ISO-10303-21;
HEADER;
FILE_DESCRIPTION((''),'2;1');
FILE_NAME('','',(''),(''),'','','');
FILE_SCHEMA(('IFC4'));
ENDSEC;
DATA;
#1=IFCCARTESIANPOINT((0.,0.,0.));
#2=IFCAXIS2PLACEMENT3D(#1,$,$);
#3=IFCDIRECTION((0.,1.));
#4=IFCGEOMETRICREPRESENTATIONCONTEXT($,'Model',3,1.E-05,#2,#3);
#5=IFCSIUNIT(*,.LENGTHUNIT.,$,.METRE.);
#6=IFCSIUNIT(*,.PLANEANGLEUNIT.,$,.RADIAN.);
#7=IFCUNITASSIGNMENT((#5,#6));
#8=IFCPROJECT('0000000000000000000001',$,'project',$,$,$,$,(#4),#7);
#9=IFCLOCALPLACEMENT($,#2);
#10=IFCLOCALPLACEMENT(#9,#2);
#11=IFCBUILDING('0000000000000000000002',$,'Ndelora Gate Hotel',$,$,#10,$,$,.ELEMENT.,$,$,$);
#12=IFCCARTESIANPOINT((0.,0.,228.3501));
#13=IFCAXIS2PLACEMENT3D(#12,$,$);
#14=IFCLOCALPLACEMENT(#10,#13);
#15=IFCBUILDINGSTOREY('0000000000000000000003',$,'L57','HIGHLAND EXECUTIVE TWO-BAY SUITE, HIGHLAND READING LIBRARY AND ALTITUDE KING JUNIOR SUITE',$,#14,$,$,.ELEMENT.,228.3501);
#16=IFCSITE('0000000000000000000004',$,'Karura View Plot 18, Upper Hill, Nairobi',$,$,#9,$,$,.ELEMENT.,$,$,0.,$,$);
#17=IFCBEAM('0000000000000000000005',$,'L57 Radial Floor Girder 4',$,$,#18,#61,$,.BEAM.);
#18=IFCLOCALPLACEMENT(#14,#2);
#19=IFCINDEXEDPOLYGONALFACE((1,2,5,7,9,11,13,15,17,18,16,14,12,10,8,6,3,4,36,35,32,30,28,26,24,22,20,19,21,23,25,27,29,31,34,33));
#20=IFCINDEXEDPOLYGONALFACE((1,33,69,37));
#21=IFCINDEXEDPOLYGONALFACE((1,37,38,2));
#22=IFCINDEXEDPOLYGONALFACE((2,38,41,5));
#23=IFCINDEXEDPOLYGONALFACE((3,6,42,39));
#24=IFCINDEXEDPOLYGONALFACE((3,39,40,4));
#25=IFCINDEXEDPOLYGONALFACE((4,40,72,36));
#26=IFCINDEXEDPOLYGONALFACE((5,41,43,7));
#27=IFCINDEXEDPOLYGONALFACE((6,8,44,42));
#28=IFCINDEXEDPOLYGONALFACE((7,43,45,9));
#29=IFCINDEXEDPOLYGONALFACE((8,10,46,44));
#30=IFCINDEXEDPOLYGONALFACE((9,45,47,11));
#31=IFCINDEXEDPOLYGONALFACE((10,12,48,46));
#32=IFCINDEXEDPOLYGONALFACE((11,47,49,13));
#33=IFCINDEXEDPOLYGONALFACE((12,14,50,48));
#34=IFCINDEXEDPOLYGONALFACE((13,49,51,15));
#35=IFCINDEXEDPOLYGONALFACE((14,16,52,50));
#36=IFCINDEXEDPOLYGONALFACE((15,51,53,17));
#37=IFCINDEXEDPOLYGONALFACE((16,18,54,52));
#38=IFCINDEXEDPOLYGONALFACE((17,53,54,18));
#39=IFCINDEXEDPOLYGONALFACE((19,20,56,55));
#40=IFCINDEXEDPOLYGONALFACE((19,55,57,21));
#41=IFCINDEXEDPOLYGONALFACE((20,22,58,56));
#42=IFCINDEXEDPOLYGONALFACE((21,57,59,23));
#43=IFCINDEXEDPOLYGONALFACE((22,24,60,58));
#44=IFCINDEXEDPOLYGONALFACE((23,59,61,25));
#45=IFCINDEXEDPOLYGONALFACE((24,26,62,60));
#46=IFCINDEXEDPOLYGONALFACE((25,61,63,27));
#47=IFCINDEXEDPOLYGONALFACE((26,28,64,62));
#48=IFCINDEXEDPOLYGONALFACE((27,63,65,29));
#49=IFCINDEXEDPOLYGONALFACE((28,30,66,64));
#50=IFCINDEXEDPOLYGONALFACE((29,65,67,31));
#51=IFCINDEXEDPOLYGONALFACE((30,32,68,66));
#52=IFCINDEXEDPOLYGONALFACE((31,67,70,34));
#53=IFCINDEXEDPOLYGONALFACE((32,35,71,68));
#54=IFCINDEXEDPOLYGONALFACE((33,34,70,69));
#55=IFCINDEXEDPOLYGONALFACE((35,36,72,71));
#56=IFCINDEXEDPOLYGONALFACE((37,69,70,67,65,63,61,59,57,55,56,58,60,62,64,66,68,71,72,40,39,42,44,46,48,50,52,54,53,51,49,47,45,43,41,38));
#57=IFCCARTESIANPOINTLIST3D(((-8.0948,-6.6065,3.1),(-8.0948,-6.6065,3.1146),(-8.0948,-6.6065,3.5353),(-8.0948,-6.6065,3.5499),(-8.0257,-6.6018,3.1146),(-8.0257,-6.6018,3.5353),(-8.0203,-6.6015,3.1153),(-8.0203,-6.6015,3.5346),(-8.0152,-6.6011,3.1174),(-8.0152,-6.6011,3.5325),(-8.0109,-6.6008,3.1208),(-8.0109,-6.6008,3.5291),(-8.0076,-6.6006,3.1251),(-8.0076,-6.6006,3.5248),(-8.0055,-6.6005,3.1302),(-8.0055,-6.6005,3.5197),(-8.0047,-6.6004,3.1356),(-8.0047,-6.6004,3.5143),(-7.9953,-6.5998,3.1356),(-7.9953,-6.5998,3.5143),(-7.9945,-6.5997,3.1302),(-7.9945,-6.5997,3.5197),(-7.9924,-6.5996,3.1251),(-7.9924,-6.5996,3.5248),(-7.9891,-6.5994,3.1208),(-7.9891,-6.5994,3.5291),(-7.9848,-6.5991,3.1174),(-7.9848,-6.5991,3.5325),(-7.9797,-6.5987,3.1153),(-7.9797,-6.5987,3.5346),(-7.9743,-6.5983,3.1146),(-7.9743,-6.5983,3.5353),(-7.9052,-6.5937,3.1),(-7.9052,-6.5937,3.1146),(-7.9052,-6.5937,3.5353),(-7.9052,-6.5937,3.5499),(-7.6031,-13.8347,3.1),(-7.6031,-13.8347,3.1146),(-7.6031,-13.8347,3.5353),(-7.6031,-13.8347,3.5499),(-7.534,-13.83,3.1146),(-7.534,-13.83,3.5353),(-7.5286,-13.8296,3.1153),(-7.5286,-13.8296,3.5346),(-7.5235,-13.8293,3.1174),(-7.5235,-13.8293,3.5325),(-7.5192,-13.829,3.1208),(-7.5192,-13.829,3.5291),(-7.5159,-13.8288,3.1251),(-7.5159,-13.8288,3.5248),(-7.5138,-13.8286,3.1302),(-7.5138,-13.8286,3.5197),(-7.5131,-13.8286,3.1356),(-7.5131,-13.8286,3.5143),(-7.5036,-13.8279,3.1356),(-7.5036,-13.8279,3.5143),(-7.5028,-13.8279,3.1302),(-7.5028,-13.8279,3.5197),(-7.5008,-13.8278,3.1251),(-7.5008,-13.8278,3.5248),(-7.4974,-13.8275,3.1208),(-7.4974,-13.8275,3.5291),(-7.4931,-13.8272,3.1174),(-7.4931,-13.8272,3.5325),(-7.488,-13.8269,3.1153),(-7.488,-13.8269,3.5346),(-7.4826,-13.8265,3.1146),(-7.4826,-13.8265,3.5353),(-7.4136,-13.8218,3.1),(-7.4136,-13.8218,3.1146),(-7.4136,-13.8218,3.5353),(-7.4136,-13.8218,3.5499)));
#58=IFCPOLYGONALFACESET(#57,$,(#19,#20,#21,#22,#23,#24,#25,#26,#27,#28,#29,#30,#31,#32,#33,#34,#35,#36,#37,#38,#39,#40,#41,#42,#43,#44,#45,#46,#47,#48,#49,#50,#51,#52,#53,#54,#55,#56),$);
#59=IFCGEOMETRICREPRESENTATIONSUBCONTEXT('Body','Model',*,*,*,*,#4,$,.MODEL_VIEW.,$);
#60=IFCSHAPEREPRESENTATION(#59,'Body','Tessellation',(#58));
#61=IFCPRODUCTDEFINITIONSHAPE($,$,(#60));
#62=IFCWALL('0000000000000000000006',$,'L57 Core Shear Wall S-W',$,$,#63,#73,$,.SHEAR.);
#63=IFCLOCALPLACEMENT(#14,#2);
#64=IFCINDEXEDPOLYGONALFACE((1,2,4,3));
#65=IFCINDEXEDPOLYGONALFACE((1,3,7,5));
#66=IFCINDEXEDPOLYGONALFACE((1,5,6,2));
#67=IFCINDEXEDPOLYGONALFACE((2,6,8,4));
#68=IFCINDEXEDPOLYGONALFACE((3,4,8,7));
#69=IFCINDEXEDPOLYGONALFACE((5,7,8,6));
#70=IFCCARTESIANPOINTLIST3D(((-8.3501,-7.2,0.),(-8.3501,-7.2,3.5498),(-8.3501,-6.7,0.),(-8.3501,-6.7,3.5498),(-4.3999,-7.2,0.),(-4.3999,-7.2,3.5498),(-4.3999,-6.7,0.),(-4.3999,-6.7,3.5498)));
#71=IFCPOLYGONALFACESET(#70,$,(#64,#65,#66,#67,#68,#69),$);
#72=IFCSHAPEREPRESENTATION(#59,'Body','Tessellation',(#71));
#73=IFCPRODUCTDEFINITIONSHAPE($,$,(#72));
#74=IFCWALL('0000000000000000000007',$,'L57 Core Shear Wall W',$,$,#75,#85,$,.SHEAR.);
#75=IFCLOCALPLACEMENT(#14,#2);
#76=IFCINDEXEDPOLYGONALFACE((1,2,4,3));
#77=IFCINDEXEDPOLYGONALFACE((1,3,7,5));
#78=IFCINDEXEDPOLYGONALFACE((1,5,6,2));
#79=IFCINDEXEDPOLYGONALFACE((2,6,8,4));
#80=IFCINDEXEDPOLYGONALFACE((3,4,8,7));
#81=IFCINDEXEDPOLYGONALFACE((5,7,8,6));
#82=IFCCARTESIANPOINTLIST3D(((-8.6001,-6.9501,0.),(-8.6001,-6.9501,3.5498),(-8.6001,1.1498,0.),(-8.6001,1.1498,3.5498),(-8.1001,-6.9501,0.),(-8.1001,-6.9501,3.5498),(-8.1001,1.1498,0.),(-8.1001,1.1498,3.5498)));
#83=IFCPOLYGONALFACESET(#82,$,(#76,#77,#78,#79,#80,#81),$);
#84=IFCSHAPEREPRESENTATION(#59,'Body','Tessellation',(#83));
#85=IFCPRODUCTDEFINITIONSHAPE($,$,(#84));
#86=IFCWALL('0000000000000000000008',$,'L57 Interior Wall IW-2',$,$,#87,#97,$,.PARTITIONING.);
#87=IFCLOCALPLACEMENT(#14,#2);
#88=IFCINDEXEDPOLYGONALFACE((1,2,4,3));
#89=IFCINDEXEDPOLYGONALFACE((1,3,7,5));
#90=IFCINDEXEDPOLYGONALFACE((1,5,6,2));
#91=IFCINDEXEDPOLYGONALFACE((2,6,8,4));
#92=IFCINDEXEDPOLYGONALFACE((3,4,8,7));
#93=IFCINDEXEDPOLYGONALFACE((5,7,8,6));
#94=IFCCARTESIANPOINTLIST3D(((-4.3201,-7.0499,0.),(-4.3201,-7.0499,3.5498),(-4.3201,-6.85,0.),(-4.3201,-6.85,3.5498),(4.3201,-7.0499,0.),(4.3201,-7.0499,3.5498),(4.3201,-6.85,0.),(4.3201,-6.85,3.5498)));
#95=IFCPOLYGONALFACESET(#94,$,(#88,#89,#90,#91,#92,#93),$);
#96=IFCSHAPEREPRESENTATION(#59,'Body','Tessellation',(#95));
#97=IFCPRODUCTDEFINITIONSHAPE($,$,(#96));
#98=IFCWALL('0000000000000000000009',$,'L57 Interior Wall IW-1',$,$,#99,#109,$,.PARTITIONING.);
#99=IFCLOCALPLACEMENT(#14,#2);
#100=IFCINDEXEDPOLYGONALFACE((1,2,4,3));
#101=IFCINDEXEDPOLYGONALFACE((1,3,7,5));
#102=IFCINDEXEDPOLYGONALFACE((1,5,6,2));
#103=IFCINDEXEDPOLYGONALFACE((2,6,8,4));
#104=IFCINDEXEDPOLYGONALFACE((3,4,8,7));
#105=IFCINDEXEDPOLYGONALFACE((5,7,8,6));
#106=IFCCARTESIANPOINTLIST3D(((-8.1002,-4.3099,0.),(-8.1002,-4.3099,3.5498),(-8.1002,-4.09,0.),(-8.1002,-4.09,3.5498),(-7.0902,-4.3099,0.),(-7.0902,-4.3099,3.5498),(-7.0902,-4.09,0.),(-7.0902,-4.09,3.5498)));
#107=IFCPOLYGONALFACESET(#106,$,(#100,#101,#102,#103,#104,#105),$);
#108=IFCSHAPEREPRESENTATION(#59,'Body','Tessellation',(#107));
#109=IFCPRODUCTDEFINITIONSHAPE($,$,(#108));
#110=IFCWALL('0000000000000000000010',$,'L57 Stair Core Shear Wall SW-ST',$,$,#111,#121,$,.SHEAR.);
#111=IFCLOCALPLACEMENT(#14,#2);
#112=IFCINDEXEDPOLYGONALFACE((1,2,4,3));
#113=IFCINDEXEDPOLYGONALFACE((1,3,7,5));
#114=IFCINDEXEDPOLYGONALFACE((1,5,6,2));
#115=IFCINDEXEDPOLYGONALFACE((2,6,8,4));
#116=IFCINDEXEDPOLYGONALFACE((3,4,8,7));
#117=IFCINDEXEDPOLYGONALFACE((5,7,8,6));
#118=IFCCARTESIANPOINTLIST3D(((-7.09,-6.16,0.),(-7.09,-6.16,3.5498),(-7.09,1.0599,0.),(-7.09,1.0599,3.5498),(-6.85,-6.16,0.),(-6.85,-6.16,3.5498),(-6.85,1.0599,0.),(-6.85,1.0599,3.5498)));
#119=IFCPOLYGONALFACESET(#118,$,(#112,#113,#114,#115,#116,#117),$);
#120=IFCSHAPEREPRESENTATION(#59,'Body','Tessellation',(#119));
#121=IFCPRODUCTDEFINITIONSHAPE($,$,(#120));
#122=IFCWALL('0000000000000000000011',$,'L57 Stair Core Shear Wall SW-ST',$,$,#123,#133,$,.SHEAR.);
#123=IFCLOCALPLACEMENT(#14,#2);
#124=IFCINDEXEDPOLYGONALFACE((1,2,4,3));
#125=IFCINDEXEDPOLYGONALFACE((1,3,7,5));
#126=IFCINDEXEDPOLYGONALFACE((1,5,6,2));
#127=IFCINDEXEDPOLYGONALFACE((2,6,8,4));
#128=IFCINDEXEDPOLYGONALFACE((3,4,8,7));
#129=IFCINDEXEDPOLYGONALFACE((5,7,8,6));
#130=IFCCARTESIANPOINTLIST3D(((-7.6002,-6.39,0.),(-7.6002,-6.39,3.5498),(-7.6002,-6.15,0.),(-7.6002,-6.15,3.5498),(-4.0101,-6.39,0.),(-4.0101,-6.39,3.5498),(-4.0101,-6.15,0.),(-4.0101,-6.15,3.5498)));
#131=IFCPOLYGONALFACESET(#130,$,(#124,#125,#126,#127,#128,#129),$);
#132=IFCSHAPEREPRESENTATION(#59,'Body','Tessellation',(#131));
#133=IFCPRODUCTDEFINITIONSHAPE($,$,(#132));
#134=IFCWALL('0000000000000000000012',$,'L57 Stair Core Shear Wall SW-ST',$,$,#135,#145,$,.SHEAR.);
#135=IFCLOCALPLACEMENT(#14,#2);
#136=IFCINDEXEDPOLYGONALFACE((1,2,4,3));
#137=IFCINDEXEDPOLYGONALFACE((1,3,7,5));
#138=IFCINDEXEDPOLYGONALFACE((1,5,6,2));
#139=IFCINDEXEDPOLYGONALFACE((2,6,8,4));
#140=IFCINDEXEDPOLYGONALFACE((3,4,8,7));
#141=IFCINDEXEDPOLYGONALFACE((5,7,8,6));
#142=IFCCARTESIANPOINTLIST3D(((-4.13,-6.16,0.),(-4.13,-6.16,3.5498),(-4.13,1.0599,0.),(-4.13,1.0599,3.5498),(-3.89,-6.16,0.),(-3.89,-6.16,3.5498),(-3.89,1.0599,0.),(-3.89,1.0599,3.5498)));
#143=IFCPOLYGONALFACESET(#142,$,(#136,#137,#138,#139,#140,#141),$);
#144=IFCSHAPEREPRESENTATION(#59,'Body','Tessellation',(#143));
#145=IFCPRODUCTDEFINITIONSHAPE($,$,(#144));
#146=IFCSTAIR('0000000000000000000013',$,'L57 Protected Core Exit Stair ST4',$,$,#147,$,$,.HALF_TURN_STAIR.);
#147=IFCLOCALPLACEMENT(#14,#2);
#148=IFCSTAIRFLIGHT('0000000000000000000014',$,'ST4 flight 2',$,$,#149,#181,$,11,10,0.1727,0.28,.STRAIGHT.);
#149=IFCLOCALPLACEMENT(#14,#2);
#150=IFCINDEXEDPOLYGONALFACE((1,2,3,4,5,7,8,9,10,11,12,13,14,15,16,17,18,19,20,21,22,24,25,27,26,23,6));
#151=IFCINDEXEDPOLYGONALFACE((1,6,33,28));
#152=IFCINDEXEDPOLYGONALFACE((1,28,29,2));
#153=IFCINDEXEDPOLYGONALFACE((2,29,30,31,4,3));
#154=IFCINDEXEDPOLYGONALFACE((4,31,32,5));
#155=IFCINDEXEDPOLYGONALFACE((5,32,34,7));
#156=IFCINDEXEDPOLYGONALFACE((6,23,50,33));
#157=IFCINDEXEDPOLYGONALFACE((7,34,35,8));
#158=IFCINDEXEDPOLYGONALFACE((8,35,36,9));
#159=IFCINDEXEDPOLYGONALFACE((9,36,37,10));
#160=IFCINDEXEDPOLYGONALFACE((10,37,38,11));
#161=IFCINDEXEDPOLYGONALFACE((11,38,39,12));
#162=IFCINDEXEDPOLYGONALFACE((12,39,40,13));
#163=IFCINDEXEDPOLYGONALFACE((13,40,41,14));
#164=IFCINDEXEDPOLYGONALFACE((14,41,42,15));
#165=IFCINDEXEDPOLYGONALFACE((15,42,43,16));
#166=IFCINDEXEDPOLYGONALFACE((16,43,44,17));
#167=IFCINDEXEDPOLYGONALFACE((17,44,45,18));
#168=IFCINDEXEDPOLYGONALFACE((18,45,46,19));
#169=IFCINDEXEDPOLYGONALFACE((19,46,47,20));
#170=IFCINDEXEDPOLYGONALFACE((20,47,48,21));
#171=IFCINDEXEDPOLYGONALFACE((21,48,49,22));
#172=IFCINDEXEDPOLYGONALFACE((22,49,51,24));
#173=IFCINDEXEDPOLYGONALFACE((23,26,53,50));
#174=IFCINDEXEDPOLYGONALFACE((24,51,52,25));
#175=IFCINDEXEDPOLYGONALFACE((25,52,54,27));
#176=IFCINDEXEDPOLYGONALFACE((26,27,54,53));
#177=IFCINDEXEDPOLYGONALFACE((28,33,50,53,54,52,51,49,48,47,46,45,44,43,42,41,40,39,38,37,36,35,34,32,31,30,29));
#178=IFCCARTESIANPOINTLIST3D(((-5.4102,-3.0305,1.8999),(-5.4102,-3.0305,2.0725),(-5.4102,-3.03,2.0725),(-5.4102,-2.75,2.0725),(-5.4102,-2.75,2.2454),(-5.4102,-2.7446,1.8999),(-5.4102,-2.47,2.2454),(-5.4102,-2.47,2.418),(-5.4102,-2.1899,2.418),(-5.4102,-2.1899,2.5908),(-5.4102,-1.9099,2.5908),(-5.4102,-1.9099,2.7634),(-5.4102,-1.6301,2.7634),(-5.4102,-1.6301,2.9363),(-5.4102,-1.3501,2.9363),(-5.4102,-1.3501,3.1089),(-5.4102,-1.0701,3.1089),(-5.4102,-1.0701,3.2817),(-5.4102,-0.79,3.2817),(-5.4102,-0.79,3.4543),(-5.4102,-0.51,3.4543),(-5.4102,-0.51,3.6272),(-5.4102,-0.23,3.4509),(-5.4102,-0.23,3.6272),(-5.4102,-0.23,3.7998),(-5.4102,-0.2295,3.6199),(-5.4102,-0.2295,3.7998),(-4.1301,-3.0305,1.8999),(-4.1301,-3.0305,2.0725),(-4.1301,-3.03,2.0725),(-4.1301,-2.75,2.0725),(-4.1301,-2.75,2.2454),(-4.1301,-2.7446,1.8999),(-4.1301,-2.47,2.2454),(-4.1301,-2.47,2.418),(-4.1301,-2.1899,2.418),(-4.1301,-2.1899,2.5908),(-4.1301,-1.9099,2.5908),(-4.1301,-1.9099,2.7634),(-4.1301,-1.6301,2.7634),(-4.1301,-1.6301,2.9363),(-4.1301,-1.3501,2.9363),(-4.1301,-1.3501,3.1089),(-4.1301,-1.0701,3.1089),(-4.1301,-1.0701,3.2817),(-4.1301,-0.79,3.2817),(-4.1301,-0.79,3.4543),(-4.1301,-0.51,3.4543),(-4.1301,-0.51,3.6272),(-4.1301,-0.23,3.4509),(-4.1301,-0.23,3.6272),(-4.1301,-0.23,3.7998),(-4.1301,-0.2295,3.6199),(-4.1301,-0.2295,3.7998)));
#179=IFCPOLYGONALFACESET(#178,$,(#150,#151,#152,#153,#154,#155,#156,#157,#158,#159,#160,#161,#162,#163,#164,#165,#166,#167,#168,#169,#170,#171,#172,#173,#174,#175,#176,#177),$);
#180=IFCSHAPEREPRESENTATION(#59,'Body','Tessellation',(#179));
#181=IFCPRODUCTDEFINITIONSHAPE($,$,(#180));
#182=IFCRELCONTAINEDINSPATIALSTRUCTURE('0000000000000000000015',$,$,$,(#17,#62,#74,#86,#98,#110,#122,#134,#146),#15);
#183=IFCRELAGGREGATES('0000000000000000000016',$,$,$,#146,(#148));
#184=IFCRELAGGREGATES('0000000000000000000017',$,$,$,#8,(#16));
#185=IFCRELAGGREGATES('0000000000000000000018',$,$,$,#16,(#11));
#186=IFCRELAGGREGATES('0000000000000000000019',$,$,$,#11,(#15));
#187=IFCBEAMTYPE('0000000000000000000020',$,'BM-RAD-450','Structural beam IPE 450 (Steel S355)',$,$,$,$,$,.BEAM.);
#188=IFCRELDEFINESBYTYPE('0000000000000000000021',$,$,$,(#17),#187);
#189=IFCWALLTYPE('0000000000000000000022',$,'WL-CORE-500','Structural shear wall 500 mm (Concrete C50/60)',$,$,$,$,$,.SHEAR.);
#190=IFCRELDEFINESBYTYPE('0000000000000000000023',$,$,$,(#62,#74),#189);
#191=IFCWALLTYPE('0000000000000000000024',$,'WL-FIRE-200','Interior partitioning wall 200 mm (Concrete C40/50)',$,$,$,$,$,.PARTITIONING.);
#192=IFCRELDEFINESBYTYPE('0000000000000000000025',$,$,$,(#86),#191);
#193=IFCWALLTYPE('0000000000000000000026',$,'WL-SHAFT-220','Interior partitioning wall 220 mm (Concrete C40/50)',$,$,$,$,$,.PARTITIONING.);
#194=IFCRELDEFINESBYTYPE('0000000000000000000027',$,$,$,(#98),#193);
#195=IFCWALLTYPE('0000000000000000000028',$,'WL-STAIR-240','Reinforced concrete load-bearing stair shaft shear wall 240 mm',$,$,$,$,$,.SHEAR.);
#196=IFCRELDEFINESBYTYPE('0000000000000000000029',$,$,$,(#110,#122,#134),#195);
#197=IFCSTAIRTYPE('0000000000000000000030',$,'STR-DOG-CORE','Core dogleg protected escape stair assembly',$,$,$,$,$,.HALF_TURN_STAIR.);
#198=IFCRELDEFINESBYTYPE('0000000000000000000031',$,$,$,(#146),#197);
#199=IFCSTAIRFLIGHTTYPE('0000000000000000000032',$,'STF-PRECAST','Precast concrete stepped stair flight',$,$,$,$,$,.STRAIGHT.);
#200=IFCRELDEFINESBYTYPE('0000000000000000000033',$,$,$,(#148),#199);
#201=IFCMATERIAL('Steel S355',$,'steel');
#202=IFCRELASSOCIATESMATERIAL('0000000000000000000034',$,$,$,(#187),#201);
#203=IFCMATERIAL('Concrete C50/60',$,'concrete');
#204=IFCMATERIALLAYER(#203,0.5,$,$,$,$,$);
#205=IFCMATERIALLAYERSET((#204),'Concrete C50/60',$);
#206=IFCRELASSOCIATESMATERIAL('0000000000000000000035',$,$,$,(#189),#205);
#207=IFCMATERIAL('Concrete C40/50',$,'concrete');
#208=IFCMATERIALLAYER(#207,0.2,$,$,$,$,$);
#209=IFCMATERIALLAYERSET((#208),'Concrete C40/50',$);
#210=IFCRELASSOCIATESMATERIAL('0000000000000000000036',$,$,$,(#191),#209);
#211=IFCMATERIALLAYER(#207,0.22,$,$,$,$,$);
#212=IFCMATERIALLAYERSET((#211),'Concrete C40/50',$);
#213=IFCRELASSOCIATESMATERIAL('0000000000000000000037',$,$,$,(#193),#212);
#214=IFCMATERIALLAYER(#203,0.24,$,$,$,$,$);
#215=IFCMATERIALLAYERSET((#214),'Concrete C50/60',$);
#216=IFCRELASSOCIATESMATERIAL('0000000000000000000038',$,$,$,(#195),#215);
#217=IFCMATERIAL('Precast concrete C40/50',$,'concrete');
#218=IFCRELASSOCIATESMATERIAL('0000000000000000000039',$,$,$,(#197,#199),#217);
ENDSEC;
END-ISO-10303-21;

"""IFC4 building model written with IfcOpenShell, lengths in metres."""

from ifc_helpers import new_model, si_unit, direction, frame, frame_2d, origin, origin_2d, place, context, subcontext, project, spatial, polyline, rectangle, i_section, outline, extrude, material, layer, layer_set, material_profile, profile_set, type_object, element, aggregate, save


model = new_model("IFC4")

# Units and contexts
model_context = context("Model", 3, precision=1e-05, world=origin(), true_north=direction((0.0, 1.0)))
body_context = subcontext(model_context, "Body", "Model", "MODEL_VIEW")
ifc_project = project(units=[si_unit("LENGTHUNIT", "METRE"), si_unit("PLANEANGLEUNIT", "RADIAN")], contexts=[model_context])

# Site, building, storey
site_placement = place(None, origin())
site = spatial("IfcSite", under=ifc_project, at=site_placement, Name="Karura View Plot 18, Upper Hill, Nairobi", CompositionType="ELEMENT", RefElevation=0.0)
building_placement = place(site_placement, origin())
building = spatial("IfcBuilding", under=site, at=building_placement, Name="Ndelora Gate Hotel", CompositionType="ELEMENT")
storey_placement = place(building_placement, frame((0.0, 0.0, 228.3501)))
storey = spatial("IfcBuildingStorey", under=building, at=storey_placement, Name="L57", Description="HIGHLAND EXECUTIVE TWO-BAY SUITE, HIGHLAND READING LIBRARY AND ALTITUDE KING JUNIOR SUITE", CompositionType="ELEMENT", Elevation=228.3501)

# Shared definitions
ifc_material_1 = material(Name="Concrete C50/60", Category="concrete")

# Beam
ifc_material_2 = material(Name="Steel S355", Category="steel")
ifc_material_profile_1 = material_profile(ifc_material_2, i_section(OverallWidth=0.1899, OverallDepth=0.45, WebThickness=0.0095, FlangeThickness=0.0146, FilletRadius=0.021, at=origin_2d()), Name="IPE 450")
ifc_profile_set_1 = profile_set([ifc_material_profile_1], Name="Steel S355")
beam_type_1 = type_object("IfcBeamType", Name="BM-RAD-450", Description="Structural beam IPE 450 (Steel S355)", PredefinedType="BEAM", material=ifc_profile_set_1)
beam_1_placement = place(storey_placement, frame((-8.0, -6.6001, 3.325), z_axis=(0.067868, -0.997694, 0.0), x_axis=(0.997694, 0.067868, 0.0)))
element("IfcBeam", 1, at=beam_1_placement, inside=storey, type_object=beam_type_1, Name="L57 Radial Floor Girder 4", PredefinedType="BEAM", context=body_context, shape_type="SweptSolid", body=[
    extrude(i_section(OverallWidth=0.1899, OverallDepth=0.45, WebThickness=0.0095, FlangeThickness=0.0146, FilletRadius=0.021, at=origin_2d()), origin(), (0.0, 0.0, 1.0), 7.2449),
])

# Walls
ifc_layer_1 = layer(ifc_material_1, 0.5)
ifc_layer_set_1 = layer_set([ifc_layer_1], Name="Concrete C50/60")
wall_type_1 = type_object("IfcWallType", Name="WL-CORE-500", Description="Structural shear wall 500 mm (Concrete C50/60)", PredefinedType="SHEAR", material=ifc_layer_set_1)
wall_1_placement = place(storey_placement, frame((-8.3501, -6.95, 0.0), z_axis=(0.0, 0.0, 1.0), x_axis=(1.0, 0.0, 0.0)))
element("IfcWall", 2, at=wall_1_placement, inside=storey, type_object=wall_type_1, Name="L57 Core Shear Wall S-W", PredefinedType="SHEAR", context=body_context, shape_type="SweptSolid", body=[
    extrude(rectangle(XDim=3.9502, YDim=0.5, at=frame_2d((1.9751, 0.0))), origin(), (0.0, 0.0, 1.0), 3.5498),
])
wall_2_placement = place(storey_placement, frame((-8.3501, -6.95, 0.0), z_axis=(0.0, 0.0, 1.0), x_axis=(0.0, 1.0, 0.0)))
element("IfcWall", 3, at=wall_2_placement, inside=storey, type_object=wall_type_1, Name="L57 Core Shear Wall W", PredefinedType="SHEAR", context=body_context, shape_type="SweptSolid", body=[
    extrude(rectangle(XDim=8.0999, YDim=0.5, at=frame_2d((4.0498, 0.0))), origin(), (0.0, 0.0, 1.0), 3.5498),
])
ifc_material_3 = material(Name="Concrete C40/50", Category="concrete")
ifc_layer_2 = layer(ifc_material_3, 0.2)
ifc_layer_set_2 = layer_set([ifc_layer_2], Name="Concrete C40/50")
wall_type_2 = type_object("IfcWallType", Name="WL-FIRE-200", Description="Interior partitioning wall 200 mm (Concrete C40/50)", PredefinedType="PARTITIONING", material=ifc_layer_set_2)
wall_3_placement = place(storey_placement, frame((-4.3201, -6.95, 0.0), z_axis=(0.0, 0.0, 1.0), x_axis=(1.0, 0.0, 0.0)))
element("IfcWall", 4, at=wall_3_placement, inside=storey, type_object=wall_type_2, Name="L57 Interior Wall IW-2", PredefinedType="PARTITIONING", context=body_context, shape_type="SweptSolid", body=[
    extrude(rectangle(XDim=8.6401, YDim=0.2, at=frame_2d((4.3201, 0.0))), origin(), (0.0, 0.0, 1.0), 3.5498),
])
ifc_layer_3 = layer(ifc_material_3, 0.22)
ifc_layer_set_3 = layer_set([ifc_layer_3], Name="Concrete C40/50")
wall_type_3 = type_object("IfcWallType", Name="WL-SHAFT-220", Description="Interior partitioning wall 220 mm (Concrete C40/50)", PredefinedType="PARTITIONING", material=ifc_layer_set_3)
wall_4_placement = place(storey_placement, frame((-8.1001, -4.2, 0.0), z_axis=(0.0, 0.0, 1.0), x_axis=(1.0, 0.0, 0.0)))
element("IfcWall", 5, at=wall_4_placement, inside=storey, type_object=wall_type_3, Name="L57 Interior Wall IW-1", PredefinedType="PARTITIONING", context=body_context, shape_type="SweptSolid", body=[
    extrude(rectangle(XDim=1.01, YDim=0.22, at=frame_2d((0.5049, 0.0))), origin(), (0.0, 0.0, 1.0), 3.5498),
])
ifc_layer_4 = layer(ifc_material_1, 0.24)
ifc_layer_set_4 = layer_set([ifc_layer_4], Name="Concrete C50/60")
wall_type_4 = type_object("IfcWallType", Name="WL-STAIR-240", Description="Reinforced concrete load-bearing stair shaft shear wall 240 mm", PredefinedType="SHEAR", material=ifc_layer_set_4)
wall_5_placement = place(storey_placement, frame((-6.97, -6.1599, 0.0), z_axis=(0.0, 0.0, 1.0), x_axis=(0.0, 1.0, 0.0)))
element("IfcWall", 6, at=wall_5_placement, inside=storey, type_object=wall_type_4, Name="L57 Stair Core Shear Wall SW-ST", PredefinedType="SHEAR", context=body_context, shape_type="SweptSolid", body=[
    extrude(rectangle(XDim=7.22, YDim=0.24, at=frame_2d((3.6099, 0.0))), origin(), (0.0, 0.0, 1.0), 3.5498),
])
wall_6_placement = place(storey_placement, frame((-7.6001, -6.27, 0.0), z_axis=(0.0, 0.0, 1.0), x_axis=(1.0, 0.0, 0.0)))
element("IfcWall", 7, at=wall_6_placement, inside=storey, type_object=wall_type_4, Name="L57 Stair Core Shear Wall SW-ST", PredefinedType="SHEAR", context=body_context, shape_type="SweptSolid", body=[
    extrude(rectangle(XDim=3.5901, YDim=0.24, at=frame_2d((1.7949, 0.0))), origin(), (0.0, 0.0, 1.0), 3.5498),
])
wall_7_placement = place(storey_placement, frame((-4.01, -6.1599, 0.0), z_axis=(0.0, 0.0, 1.0), x_axis=(0.0, 1.0, 0.0)))
element("IfcWall", 8, at=wall_7_placement, inside=storey, type_object=wall_type_4, Name="L57 Stair Core Shear Wall SW-ST", PredefinedType="SHEAR", context=body_context, shape_type="SweptSolid", body=[
    extrude(rectangle(XDim=7.22, YDim=0.24, at=frame_2d((3.6099, 0.0))), origin(), (0.0, 0.0, 1.0), 3.5498),
])

# Stair, stair flight
ifc_material_4 = material(Name="Precast concrete C40/50", Category="concrete")
stair_type = type_object("IfcStairType", Name="STR-DOG-CORE", Description="Core dogleg protected escape stair assembly", PredefinedType="HALF_TURN_STAIR", material=ifc_material_4)
stair_placement = place(storey_placement, origin())
stair = element("IfcStair", 9, at=stair_placement, inside=storey, type_object=stair_type, Name="L57 Protected Core Exit Stair ST4", PredefinedType="HALF_TURN_STAIR")
stair_flight_type = type_object("IfcStairFlightType", Name="STF-PRECAST", Description="Precast concrete stepped stair flight", PredefinedType="STRAIGHT", material=ifc_material_4)
stair_flight_placement = place(storey_placement, frame((-4.77, -3.03, 1.8999), z_axis=(0.0, 0.0, 1.0), x_axis=(0.0, 1.0, 0.0)))
stair_flight = element("IfcStairFlight", 10, at=stair_flight_placement, type_object=stair_flight_type, Name="ST4 flight 2", NumberOfRisers=11, NumberOfTreads=10, PredefinedType="STRAIGHT", RiserHeight=0.1727, TreadLength=0.28, context=body_context, shape_type="SweptSolid", body=[
    extrude(outline(polyline([(-0.0005, 0.0), (-0.0005, 0.1726), (0.0, 0.1726), (0.28, 0.1726), (0.28, 0.3455), (0.5601, 0.3455), (0.5601, 0.5181), (0.8401, 0.5181), (0.8401, 0.6909), (1.1201, 0.6909), (1.1201, 0.8635), (1.3999, 0.8635), (1.3999, 1.0364), (1.6799, 1.0364), (1.6799, 1.209), (1.96, 1.209), (1.96, 1.3818), (2.24, 1.3818), (2.24, 1.5544), (2.52, 1.5544), (2.52, 1.7273), (2.8, 1.7273), (2.8, 1.8999), (2.8005, 1.8999), (2.8005, 1.72), (2.8, 1.551), (0.2854, 0.0), (-0.0005, 0.0)])), frame((0.0, 0.6401, 0.0), z_axis=(0.0, -1.0, 0.0), x_axis=(1.0, 0.0, 0.0)), (0.0, 0.0, 1.0), 1.28),
])
aggregate(stair, [stair_flight])

save(model, "model.ifc")
